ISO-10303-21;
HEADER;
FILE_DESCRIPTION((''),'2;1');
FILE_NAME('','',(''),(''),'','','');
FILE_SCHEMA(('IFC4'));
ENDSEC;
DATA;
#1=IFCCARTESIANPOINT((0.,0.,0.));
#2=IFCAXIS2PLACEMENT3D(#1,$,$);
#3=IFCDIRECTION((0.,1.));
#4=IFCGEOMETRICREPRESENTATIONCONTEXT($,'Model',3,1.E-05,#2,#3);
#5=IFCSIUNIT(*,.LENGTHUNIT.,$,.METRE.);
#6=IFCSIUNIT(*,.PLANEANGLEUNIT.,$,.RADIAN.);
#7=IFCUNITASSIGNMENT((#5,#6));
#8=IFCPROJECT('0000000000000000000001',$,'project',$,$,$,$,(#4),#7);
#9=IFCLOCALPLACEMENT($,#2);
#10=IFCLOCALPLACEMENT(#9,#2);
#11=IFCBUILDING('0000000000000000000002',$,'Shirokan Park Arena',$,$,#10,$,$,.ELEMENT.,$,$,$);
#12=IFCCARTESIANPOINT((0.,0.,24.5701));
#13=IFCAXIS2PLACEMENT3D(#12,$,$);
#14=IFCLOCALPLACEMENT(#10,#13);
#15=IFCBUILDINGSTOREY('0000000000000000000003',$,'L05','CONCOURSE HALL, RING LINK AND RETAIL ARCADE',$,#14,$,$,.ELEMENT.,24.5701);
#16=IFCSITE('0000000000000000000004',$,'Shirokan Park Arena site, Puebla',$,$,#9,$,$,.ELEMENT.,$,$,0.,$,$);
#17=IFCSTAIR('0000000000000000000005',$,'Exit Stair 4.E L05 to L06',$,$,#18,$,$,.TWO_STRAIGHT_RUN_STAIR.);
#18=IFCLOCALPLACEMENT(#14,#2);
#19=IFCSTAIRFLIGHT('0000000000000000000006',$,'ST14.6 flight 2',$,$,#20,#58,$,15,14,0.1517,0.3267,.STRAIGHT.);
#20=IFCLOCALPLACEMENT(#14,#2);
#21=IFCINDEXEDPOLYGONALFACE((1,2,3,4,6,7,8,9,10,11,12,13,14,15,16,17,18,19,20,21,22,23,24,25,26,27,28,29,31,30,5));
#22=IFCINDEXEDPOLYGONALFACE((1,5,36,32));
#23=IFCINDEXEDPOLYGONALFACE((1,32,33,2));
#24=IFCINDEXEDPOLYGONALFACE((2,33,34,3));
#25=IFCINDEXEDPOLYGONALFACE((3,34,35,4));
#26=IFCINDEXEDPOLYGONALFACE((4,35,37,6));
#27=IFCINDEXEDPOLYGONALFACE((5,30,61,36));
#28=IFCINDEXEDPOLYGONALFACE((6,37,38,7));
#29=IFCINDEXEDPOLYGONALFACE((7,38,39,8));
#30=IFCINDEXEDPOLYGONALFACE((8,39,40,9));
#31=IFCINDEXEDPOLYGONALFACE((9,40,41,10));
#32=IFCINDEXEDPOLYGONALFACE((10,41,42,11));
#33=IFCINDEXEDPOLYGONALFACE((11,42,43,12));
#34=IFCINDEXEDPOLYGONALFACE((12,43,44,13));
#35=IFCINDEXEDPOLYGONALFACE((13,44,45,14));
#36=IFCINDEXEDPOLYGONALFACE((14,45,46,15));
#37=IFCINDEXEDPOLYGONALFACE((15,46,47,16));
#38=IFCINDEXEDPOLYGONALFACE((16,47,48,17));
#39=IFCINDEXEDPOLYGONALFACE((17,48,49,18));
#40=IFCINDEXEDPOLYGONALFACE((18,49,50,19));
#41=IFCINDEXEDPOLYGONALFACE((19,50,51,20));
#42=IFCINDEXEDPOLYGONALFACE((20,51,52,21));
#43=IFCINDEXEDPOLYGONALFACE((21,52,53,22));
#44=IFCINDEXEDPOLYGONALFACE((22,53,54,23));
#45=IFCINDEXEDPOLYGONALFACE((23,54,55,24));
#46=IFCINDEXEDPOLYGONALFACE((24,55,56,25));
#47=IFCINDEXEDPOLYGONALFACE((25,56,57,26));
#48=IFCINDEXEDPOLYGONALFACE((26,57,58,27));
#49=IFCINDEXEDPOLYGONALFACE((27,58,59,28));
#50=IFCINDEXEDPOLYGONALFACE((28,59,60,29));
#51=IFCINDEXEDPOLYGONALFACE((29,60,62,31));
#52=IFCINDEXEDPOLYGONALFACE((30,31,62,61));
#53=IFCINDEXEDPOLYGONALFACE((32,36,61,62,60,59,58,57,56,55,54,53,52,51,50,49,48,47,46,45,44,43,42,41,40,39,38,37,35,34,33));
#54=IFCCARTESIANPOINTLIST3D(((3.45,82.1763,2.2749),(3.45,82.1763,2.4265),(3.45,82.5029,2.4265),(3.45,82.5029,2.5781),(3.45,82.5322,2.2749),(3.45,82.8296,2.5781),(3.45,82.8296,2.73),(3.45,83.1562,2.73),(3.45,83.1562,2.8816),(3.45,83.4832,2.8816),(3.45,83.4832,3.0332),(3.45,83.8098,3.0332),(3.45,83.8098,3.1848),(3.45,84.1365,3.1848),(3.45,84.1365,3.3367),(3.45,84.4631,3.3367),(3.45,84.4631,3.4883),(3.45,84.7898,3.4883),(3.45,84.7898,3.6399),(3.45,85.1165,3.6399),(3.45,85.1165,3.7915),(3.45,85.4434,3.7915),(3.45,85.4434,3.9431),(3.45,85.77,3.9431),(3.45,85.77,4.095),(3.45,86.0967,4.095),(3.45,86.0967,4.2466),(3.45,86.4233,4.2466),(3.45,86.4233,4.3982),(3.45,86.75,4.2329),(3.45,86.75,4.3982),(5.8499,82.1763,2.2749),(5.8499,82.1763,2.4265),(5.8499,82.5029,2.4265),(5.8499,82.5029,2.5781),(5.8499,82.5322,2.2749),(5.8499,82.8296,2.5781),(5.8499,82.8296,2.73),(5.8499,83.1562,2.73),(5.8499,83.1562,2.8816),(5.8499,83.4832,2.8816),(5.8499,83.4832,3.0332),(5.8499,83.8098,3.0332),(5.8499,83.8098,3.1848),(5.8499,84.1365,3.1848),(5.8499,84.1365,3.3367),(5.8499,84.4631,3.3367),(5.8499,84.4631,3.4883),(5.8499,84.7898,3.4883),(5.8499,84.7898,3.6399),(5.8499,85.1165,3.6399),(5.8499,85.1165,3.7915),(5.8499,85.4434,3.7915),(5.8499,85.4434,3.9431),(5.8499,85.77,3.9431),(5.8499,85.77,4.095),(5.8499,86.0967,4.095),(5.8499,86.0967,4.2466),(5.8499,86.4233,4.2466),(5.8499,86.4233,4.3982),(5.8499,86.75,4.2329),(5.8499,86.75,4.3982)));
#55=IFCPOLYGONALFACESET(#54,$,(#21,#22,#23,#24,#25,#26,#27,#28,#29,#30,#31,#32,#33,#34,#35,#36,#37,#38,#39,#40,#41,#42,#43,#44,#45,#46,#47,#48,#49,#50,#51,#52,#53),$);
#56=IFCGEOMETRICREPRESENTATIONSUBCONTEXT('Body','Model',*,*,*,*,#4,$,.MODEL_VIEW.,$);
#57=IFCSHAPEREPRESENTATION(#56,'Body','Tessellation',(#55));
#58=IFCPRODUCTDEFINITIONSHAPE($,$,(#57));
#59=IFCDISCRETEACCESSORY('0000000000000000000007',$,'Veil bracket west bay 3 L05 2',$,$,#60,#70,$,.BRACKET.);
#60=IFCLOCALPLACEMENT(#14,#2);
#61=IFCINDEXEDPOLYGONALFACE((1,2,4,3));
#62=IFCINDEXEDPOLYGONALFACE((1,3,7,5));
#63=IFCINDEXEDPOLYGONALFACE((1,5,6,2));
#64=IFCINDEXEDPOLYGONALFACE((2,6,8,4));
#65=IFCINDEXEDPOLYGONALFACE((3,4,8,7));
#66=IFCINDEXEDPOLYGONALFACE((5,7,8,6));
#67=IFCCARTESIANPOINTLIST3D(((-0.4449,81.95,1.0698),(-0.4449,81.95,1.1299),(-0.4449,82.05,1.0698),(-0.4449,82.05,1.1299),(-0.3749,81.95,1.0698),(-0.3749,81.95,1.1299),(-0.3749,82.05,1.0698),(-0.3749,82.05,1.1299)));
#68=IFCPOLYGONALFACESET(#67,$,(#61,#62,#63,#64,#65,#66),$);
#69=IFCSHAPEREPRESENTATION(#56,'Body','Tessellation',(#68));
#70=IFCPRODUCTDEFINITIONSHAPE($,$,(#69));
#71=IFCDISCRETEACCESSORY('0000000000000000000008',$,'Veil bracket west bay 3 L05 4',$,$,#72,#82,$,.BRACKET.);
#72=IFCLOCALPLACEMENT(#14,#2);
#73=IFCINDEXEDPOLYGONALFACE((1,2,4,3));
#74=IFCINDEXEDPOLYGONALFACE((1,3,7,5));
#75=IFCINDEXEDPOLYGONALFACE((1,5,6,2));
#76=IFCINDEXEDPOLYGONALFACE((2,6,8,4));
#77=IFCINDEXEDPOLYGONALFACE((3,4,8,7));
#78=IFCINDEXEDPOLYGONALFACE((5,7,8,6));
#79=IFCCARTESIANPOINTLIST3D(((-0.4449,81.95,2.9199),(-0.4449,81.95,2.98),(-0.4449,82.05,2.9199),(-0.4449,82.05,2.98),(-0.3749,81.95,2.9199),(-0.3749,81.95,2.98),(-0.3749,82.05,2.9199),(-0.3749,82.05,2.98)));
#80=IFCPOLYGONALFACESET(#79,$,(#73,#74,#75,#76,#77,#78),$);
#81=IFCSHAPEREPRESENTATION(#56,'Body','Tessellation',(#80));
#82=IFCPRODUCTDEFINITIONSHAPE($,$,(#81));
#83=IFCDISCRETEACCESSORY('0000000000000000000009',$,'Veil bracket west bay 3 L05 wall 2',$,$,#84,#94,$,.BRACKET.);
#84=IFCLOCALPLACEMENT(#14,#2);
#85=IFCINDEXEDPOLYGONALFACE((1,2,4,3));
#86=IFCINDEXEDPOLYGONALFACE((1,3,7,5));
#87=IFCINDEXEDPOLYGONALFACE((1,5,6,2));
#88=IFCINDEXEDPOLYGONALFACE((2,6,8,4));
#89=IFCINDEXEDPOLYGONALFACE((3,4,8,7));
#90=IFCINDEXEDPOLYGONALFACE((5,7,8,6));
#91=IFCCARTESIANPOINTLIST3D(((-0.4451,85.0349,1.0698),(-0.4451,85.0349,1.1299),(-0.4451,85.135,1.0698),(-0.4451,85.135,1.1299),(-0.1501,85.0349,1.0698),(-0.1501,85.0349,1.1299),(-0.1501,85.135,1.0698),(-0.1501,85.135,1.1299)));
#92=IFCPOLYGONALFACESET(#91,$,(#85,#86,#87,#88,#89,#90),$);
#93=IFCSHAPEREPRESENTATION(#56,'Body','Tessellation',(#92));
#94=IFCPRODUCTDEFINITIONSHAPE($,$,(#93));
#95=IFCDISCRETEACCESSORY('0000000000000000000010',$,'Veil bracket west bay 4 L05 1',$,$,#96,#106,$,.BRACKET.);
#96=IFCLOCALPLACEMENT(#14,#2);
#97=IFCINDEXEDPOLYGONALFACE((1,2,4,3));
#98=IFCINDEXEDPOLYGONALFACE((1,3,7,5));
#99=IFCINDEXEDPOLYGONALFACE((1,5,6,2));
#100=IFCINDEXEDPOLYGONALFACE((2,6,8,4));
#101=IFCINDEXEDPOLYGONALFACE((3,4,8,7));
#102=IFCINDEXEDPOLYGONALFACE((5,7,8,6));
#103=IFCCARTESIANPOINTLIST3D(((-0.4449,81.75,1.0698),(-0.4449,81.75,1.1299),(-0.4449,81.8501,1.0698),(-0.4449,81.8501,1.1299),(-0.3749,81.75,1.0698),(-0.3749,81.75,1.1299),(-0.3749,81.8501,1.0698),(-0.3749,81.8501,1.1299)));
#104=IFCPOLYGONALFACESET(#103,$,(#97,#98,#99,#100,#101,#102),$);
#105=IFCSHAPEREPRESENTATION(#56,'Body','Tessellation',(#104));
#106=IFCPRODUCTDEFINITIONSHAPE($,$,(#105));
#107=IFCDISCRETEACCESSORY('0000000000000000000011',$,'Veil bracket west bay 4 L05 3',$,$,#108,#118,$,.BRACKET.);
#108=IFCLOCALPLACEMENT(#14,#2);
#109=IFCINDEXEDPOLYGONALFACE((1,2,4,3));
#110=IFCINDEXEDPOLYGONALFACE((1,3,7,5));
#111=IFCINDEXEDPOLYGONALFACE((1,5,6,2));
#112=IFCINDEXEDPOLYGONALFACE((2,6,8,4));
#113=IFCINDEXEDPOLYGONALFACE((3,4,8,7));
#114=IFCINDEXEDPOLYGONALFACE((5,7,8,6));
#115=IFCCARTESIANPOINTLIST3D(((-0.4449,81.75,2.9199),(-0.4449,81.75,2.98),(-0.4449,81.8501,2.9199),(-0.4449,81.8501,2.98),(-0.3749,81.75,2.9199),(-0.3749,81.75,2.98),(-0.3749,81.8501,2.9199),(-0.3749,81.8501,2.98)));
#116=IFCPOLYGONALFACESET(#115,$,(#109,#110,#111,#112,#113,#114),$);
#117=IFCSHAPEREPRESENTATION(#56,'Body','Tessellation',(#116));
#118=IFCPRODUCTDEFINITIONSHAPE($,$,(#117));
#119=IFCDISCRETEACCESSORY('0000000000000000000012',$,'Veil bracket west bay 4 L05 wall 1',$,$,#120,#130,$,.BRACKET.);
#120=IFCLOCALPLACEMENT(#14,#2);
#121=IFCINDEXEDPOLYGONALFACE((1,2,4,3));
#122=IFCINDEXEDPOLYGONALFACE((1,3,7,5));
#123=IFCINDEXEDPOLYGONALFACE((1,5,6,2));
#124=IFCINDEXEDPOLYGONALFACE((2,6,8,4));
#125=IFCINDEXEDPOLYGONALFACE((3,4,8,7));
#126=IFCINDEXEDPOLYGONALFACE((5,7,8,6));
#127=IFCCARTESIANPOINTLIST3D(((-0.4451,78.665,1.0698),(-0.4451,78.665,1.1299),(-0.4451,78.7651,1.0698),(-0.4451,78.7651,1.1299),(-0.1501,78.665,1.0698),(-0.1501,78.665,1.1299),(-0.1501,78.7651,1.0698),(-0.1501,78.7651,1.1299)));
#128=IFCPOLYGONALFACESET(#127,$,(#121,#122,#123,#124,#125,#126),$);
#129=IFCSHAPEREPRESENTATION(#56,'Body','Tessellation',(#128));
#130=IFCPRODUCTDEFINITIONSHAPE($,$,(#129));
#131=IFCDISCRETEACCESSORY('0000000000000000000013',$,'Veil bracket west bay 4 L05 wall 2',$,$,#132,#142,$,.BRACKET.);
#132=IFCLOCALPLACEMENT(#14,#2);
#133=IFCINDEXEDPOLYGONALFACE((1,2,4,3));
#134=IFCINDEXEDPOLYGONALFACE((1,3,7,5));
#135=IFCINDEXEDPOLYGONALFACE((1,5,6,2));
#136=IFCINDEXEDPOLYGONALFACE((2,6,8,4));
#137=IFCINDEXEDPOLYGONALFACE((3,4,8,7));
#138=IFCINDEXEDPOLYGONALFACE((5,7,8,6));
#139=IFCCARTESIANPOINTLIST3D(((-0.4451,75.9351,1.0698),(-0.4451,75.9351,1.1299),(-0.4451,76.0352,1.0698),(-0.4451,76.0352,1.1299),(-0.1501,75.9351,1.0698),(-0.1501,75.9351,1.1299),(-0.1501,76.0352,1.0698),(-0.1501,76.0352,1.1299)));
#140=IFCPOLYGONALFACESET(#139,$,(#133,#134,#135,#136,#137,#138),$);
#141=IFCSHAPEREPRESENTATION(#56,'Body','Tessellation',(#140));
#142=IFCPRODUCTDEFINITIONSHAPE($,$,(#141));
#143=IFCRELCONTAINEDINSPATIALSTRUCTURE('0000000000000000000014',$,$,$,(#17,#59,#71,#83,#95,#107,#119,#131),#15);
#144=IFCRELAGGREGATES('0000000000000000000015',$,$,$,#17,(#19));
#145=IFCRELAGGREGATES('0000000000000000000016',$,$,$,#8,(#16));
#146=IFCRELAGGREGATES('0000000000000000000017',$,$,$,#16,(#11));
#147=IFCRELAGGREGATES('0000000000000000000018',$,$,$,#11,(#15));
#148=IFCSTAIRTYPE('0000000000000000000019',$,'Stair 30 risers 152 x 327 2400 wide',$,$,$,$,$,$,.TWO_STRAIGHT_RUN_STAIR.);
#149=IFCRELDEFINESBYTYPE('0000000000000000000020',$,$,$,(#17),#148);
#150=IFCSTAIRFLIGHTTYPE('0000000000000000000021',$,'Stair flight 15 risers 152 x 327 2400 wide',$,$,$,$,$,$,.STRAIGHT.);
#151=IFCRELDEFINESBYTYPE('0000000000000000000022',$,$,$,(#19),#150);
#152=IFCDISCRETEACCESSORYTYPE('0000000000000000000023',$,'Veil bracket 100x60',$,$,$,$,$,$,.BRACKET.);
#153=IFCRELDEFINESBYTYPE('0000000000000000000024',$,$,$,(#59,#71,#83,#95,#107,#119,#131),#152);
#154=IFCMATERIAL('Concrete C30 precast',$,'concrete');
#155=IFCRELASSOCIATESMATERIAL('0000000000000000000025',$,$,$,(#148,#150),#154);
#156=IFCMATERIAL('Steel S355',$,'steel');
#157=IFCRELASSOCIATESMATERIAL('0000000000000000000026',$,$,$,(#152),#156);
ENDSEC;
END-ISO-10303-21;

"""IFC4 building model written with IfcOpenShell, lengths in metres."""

from ifc_helpers import new_model, si_unit, direction, frame, origin, origin_2d, place, context, subcontext, project, spatial, polyline, rectangle, outline, extrude, material, type_object, element, aggregate, save


model = new_model("IFC4")

# Units and contexts
model_context = context("Model", 3, precision=1e-05, world=origin(), true_north=direction((0.0, 1.0)))
body_context = subcontext(model_context, "Body", "Model", "MODEL_VIEW")
ifc_project = project(units=[si_unit("LENGTHUNIT", "METRE"), si_unit("PLANEANGLEUNIT", "RADIAN")], contexts=[model_context])

# Site, building, storey
site_placement = place(None, origin())
site = spatial("IfcSite", under=ifc_project, at=site_placement, Name="Shirokan Park Arena site, Puebla", CompositionType="ELEMENT", RefElevation=0.0)
building_placement = place(site_placement, origin())
building = spatial("IfcBuilding", under=site, at=building_placement, Name="Shirokan Park Arena", CompositionType="ELEMENT")
storey_placement = place(building_placement, frame((0.0, 0.0, 24.5701)))
storey = spatial("IfcBuildingStorey", under=building, at=storey_placement, Name="L05", Description="CONCOURSE HALL, RING LINK AND RETAIL ARCADE", CompositionType="ELEMENT", Elevation=24.5701)

# Stair, stair flight
ifc_material_1 = material(Name="Concrete C30 precast", Category="concrete")
stair_type = type_object("IfcStairType", Name="Stair 30 risers 152 x 327 2400 wide", PredefinedType="TWO_STRAIGHT_RUN_STAIR", material=ifc_material_1)
stair_placement = place(storey_placement, origin())
stair = element("IfcStair", 1, at=stair_placement, inside=storey, type_object=stair_type, Name="Exit Stair 4.E L05 to L06", PredefinedType="TWO_STRAIGHT_RUN_STAIR")
stair_flight_type = type_object("IfcStairFlightType", Name="Stair flight 15 risers 152 x 327 2400 wide", PredefinedType="STRAIGHT", material=ifc_material_1)
stair_flight_1_placement = place(storey_placement, frame((4.6499, 82.1763, 2.2749), z_axis=(0.0, 0.0, 1.0), x_axis=(0.0, 1.0, 0.0)))
stair_flight_1 = element("IfcStairFlight", 2, at=stair_flight_1_placement, type_object=stair_flight_type, Name="ST14.6 flight 2", NumberOfRisers=15, NumberOfTreads=14, PredefinedType="STRAIGHT", RiserHeight=0.1517, TreadLength=0.3267, context=body_context, shape_type="SweptSolid", body=[
    extrude(outline(polyline([(0.0, 0.0), (0.0, 0.1516), (0.3267, 0.1516), (0.3267, 0.3032), (0.6533, 0.3032), (0.6533, 0.4551), (0.98, 0.4551), (0.98, 0.6067), (1.3069, 0.6067), (1.3069, 0.7583), (1.6335, 0.7583), (1.6335, 0.9099), (1.9602, 0.9099), (1.9602, 1.0618), (2.2869, 1.0618), (2.2869, 1.2134), (2.6135, 1.2134), (2.6135, 1.365), (2.9402, 1.365), (2.9402, 1.5166), (3.2671, 1.5166), (3.2671, 1.6682), (3.5938, 1.6682), (3.5938, 1.8201), (3.9204, 1.8201), (3.9204, 1.9717), (4.2471, 1.9717), (4.2471, 2.1233), (4.5737, 2.1233), (4.5737, 2.2749), (4.5737, 1.958), (0.356, 0.0), (0.0, 0.0)])), frame((0.0, 1.2, 0.0), z_axis=(0.0, -1.0, 0.0), x_axis=(1.0, 0.0, 0.0)), (0.0, 0.0, 1.0), 2.3999),
])
aggregate(stair, [stair_flight_1])

# Discrete accessories
ifc_material_2 = material(Name="Steel S355", Category="steel")
discrete_accessory_type = type_object("IfcDiscreteAccessoryType", Name="Veil bracket 100x60", PredefinedType="BRACKET", material=ifc_material_2)
for number, where, z_axis, x_axis, name in (
    (3, (-0.4099, 82.0, 1.0698), (0.0, 0.0, 1.0), (0.0, -1.0, 0.0), "Veil bracket west bay 3 L05 2"),
    (4, (-0.4099, 82.0, 2.9199), (0.0, 0.0, 1.0), (0.0, -1.0, 0.0), "Veil bracket west bay 3 L05 4"),
):
    element("IfcDiscreteAccessory", number, at=place(storey_placement, frame(where, z_axis=z_axis, x_axis=x_axis)), inside=storey, type_object=discrete_accessory_type, Name=name, PredefinedType="BRACKET", context=body_context, shape_type="SweptSolid", body=[
        extrude(rectangle(XDim=0.1001, YDim=0.0701, at=origin_2d()), origin(), (0.0, 0.0, 1.0), 0.0601),
    ])
discrete_accessory_placement = place(storey_placement, frame((-0.2976, 85.085, 1.0698), z_axis=(0.0, 0.0, 1.0), x_axis=(0.0, -1.0, 0.0)))
element("IfcDiscreteAccessory", 5, at=discrete_accessory_placement, inside=storey, type_object=discrete_accessory_type, Name="Veil bracket west bay 3 L05 wall 2", PredefinedType="BRACKET", context=body_context, shape_type="SweptSolid", body=[
    extrude(rectangle(XDim=0.1001, YDim=0.2949, at=origin_2d()), origin(), (0.0, 0.0, 1.0), 0.0601),
])
for number, where, z_axis, x_axis, name in (
    (6, (-0.4099, 81.8, 1.0698), (0.0, 0.0, 1.0), (0.0, -1.0, 0.0), "Veil bracket west bay 4 L05 1"),
    (7, (-0.4099, 81.8, 2.9199), (0.0, 0.0, 1.0), (0.0, -1.0, 0.0), "Veil bracket west bay 4 L05 3"),
):
    element("IfcDiscreteAccessory", number, at=place(storey_placement, frame(where, z_axis=z_axis, x_axis=x_axis)), inside=storey, type_object=discrete_accessory_type, Name=name, PredefinedType="BRACKET", context=body_context, shape_type="SweptSolid", body=[
        extrude(rectangle(XDim=0.1001, YDim=0.0701, at=origin_2d()), origin(), (0.0, 0.0, 1.0), 0.0601),
    ])
for number, where, z_axis, x_axis, name in (
    (8, (-0.2976, 78.7151, 1.0698), (0.0, 0.0, 1.0), (0.0, -1.0, 0.0), "Veil bracket west bay 4 L05 wall 1"),
    (9, (-0.2976, 75.9851, 1.0698), (0.0, 0.0, 1.0), (0.0, -1.0, 0.0), "Veil bracket west bay 4 L05 wall 2"),
):
    element("IfcDiscreteAccessory", number, at=place(storey_placement, frame(where, z_axis=z_axis, x_axis=x_axis)), inside=storey, type_object=discrete_accessory_type, Name=name, PredefinedType="BRACKET", context=body_context, shape_type="SweptSolid", body=[
        extrude(rectangle(XDim=0.1001, YDim=0.2949, at=origin_2d()), origin(), (0.0, 0.0, 1.0), 0.0601),
    ])

save(model, "model.ifc")
